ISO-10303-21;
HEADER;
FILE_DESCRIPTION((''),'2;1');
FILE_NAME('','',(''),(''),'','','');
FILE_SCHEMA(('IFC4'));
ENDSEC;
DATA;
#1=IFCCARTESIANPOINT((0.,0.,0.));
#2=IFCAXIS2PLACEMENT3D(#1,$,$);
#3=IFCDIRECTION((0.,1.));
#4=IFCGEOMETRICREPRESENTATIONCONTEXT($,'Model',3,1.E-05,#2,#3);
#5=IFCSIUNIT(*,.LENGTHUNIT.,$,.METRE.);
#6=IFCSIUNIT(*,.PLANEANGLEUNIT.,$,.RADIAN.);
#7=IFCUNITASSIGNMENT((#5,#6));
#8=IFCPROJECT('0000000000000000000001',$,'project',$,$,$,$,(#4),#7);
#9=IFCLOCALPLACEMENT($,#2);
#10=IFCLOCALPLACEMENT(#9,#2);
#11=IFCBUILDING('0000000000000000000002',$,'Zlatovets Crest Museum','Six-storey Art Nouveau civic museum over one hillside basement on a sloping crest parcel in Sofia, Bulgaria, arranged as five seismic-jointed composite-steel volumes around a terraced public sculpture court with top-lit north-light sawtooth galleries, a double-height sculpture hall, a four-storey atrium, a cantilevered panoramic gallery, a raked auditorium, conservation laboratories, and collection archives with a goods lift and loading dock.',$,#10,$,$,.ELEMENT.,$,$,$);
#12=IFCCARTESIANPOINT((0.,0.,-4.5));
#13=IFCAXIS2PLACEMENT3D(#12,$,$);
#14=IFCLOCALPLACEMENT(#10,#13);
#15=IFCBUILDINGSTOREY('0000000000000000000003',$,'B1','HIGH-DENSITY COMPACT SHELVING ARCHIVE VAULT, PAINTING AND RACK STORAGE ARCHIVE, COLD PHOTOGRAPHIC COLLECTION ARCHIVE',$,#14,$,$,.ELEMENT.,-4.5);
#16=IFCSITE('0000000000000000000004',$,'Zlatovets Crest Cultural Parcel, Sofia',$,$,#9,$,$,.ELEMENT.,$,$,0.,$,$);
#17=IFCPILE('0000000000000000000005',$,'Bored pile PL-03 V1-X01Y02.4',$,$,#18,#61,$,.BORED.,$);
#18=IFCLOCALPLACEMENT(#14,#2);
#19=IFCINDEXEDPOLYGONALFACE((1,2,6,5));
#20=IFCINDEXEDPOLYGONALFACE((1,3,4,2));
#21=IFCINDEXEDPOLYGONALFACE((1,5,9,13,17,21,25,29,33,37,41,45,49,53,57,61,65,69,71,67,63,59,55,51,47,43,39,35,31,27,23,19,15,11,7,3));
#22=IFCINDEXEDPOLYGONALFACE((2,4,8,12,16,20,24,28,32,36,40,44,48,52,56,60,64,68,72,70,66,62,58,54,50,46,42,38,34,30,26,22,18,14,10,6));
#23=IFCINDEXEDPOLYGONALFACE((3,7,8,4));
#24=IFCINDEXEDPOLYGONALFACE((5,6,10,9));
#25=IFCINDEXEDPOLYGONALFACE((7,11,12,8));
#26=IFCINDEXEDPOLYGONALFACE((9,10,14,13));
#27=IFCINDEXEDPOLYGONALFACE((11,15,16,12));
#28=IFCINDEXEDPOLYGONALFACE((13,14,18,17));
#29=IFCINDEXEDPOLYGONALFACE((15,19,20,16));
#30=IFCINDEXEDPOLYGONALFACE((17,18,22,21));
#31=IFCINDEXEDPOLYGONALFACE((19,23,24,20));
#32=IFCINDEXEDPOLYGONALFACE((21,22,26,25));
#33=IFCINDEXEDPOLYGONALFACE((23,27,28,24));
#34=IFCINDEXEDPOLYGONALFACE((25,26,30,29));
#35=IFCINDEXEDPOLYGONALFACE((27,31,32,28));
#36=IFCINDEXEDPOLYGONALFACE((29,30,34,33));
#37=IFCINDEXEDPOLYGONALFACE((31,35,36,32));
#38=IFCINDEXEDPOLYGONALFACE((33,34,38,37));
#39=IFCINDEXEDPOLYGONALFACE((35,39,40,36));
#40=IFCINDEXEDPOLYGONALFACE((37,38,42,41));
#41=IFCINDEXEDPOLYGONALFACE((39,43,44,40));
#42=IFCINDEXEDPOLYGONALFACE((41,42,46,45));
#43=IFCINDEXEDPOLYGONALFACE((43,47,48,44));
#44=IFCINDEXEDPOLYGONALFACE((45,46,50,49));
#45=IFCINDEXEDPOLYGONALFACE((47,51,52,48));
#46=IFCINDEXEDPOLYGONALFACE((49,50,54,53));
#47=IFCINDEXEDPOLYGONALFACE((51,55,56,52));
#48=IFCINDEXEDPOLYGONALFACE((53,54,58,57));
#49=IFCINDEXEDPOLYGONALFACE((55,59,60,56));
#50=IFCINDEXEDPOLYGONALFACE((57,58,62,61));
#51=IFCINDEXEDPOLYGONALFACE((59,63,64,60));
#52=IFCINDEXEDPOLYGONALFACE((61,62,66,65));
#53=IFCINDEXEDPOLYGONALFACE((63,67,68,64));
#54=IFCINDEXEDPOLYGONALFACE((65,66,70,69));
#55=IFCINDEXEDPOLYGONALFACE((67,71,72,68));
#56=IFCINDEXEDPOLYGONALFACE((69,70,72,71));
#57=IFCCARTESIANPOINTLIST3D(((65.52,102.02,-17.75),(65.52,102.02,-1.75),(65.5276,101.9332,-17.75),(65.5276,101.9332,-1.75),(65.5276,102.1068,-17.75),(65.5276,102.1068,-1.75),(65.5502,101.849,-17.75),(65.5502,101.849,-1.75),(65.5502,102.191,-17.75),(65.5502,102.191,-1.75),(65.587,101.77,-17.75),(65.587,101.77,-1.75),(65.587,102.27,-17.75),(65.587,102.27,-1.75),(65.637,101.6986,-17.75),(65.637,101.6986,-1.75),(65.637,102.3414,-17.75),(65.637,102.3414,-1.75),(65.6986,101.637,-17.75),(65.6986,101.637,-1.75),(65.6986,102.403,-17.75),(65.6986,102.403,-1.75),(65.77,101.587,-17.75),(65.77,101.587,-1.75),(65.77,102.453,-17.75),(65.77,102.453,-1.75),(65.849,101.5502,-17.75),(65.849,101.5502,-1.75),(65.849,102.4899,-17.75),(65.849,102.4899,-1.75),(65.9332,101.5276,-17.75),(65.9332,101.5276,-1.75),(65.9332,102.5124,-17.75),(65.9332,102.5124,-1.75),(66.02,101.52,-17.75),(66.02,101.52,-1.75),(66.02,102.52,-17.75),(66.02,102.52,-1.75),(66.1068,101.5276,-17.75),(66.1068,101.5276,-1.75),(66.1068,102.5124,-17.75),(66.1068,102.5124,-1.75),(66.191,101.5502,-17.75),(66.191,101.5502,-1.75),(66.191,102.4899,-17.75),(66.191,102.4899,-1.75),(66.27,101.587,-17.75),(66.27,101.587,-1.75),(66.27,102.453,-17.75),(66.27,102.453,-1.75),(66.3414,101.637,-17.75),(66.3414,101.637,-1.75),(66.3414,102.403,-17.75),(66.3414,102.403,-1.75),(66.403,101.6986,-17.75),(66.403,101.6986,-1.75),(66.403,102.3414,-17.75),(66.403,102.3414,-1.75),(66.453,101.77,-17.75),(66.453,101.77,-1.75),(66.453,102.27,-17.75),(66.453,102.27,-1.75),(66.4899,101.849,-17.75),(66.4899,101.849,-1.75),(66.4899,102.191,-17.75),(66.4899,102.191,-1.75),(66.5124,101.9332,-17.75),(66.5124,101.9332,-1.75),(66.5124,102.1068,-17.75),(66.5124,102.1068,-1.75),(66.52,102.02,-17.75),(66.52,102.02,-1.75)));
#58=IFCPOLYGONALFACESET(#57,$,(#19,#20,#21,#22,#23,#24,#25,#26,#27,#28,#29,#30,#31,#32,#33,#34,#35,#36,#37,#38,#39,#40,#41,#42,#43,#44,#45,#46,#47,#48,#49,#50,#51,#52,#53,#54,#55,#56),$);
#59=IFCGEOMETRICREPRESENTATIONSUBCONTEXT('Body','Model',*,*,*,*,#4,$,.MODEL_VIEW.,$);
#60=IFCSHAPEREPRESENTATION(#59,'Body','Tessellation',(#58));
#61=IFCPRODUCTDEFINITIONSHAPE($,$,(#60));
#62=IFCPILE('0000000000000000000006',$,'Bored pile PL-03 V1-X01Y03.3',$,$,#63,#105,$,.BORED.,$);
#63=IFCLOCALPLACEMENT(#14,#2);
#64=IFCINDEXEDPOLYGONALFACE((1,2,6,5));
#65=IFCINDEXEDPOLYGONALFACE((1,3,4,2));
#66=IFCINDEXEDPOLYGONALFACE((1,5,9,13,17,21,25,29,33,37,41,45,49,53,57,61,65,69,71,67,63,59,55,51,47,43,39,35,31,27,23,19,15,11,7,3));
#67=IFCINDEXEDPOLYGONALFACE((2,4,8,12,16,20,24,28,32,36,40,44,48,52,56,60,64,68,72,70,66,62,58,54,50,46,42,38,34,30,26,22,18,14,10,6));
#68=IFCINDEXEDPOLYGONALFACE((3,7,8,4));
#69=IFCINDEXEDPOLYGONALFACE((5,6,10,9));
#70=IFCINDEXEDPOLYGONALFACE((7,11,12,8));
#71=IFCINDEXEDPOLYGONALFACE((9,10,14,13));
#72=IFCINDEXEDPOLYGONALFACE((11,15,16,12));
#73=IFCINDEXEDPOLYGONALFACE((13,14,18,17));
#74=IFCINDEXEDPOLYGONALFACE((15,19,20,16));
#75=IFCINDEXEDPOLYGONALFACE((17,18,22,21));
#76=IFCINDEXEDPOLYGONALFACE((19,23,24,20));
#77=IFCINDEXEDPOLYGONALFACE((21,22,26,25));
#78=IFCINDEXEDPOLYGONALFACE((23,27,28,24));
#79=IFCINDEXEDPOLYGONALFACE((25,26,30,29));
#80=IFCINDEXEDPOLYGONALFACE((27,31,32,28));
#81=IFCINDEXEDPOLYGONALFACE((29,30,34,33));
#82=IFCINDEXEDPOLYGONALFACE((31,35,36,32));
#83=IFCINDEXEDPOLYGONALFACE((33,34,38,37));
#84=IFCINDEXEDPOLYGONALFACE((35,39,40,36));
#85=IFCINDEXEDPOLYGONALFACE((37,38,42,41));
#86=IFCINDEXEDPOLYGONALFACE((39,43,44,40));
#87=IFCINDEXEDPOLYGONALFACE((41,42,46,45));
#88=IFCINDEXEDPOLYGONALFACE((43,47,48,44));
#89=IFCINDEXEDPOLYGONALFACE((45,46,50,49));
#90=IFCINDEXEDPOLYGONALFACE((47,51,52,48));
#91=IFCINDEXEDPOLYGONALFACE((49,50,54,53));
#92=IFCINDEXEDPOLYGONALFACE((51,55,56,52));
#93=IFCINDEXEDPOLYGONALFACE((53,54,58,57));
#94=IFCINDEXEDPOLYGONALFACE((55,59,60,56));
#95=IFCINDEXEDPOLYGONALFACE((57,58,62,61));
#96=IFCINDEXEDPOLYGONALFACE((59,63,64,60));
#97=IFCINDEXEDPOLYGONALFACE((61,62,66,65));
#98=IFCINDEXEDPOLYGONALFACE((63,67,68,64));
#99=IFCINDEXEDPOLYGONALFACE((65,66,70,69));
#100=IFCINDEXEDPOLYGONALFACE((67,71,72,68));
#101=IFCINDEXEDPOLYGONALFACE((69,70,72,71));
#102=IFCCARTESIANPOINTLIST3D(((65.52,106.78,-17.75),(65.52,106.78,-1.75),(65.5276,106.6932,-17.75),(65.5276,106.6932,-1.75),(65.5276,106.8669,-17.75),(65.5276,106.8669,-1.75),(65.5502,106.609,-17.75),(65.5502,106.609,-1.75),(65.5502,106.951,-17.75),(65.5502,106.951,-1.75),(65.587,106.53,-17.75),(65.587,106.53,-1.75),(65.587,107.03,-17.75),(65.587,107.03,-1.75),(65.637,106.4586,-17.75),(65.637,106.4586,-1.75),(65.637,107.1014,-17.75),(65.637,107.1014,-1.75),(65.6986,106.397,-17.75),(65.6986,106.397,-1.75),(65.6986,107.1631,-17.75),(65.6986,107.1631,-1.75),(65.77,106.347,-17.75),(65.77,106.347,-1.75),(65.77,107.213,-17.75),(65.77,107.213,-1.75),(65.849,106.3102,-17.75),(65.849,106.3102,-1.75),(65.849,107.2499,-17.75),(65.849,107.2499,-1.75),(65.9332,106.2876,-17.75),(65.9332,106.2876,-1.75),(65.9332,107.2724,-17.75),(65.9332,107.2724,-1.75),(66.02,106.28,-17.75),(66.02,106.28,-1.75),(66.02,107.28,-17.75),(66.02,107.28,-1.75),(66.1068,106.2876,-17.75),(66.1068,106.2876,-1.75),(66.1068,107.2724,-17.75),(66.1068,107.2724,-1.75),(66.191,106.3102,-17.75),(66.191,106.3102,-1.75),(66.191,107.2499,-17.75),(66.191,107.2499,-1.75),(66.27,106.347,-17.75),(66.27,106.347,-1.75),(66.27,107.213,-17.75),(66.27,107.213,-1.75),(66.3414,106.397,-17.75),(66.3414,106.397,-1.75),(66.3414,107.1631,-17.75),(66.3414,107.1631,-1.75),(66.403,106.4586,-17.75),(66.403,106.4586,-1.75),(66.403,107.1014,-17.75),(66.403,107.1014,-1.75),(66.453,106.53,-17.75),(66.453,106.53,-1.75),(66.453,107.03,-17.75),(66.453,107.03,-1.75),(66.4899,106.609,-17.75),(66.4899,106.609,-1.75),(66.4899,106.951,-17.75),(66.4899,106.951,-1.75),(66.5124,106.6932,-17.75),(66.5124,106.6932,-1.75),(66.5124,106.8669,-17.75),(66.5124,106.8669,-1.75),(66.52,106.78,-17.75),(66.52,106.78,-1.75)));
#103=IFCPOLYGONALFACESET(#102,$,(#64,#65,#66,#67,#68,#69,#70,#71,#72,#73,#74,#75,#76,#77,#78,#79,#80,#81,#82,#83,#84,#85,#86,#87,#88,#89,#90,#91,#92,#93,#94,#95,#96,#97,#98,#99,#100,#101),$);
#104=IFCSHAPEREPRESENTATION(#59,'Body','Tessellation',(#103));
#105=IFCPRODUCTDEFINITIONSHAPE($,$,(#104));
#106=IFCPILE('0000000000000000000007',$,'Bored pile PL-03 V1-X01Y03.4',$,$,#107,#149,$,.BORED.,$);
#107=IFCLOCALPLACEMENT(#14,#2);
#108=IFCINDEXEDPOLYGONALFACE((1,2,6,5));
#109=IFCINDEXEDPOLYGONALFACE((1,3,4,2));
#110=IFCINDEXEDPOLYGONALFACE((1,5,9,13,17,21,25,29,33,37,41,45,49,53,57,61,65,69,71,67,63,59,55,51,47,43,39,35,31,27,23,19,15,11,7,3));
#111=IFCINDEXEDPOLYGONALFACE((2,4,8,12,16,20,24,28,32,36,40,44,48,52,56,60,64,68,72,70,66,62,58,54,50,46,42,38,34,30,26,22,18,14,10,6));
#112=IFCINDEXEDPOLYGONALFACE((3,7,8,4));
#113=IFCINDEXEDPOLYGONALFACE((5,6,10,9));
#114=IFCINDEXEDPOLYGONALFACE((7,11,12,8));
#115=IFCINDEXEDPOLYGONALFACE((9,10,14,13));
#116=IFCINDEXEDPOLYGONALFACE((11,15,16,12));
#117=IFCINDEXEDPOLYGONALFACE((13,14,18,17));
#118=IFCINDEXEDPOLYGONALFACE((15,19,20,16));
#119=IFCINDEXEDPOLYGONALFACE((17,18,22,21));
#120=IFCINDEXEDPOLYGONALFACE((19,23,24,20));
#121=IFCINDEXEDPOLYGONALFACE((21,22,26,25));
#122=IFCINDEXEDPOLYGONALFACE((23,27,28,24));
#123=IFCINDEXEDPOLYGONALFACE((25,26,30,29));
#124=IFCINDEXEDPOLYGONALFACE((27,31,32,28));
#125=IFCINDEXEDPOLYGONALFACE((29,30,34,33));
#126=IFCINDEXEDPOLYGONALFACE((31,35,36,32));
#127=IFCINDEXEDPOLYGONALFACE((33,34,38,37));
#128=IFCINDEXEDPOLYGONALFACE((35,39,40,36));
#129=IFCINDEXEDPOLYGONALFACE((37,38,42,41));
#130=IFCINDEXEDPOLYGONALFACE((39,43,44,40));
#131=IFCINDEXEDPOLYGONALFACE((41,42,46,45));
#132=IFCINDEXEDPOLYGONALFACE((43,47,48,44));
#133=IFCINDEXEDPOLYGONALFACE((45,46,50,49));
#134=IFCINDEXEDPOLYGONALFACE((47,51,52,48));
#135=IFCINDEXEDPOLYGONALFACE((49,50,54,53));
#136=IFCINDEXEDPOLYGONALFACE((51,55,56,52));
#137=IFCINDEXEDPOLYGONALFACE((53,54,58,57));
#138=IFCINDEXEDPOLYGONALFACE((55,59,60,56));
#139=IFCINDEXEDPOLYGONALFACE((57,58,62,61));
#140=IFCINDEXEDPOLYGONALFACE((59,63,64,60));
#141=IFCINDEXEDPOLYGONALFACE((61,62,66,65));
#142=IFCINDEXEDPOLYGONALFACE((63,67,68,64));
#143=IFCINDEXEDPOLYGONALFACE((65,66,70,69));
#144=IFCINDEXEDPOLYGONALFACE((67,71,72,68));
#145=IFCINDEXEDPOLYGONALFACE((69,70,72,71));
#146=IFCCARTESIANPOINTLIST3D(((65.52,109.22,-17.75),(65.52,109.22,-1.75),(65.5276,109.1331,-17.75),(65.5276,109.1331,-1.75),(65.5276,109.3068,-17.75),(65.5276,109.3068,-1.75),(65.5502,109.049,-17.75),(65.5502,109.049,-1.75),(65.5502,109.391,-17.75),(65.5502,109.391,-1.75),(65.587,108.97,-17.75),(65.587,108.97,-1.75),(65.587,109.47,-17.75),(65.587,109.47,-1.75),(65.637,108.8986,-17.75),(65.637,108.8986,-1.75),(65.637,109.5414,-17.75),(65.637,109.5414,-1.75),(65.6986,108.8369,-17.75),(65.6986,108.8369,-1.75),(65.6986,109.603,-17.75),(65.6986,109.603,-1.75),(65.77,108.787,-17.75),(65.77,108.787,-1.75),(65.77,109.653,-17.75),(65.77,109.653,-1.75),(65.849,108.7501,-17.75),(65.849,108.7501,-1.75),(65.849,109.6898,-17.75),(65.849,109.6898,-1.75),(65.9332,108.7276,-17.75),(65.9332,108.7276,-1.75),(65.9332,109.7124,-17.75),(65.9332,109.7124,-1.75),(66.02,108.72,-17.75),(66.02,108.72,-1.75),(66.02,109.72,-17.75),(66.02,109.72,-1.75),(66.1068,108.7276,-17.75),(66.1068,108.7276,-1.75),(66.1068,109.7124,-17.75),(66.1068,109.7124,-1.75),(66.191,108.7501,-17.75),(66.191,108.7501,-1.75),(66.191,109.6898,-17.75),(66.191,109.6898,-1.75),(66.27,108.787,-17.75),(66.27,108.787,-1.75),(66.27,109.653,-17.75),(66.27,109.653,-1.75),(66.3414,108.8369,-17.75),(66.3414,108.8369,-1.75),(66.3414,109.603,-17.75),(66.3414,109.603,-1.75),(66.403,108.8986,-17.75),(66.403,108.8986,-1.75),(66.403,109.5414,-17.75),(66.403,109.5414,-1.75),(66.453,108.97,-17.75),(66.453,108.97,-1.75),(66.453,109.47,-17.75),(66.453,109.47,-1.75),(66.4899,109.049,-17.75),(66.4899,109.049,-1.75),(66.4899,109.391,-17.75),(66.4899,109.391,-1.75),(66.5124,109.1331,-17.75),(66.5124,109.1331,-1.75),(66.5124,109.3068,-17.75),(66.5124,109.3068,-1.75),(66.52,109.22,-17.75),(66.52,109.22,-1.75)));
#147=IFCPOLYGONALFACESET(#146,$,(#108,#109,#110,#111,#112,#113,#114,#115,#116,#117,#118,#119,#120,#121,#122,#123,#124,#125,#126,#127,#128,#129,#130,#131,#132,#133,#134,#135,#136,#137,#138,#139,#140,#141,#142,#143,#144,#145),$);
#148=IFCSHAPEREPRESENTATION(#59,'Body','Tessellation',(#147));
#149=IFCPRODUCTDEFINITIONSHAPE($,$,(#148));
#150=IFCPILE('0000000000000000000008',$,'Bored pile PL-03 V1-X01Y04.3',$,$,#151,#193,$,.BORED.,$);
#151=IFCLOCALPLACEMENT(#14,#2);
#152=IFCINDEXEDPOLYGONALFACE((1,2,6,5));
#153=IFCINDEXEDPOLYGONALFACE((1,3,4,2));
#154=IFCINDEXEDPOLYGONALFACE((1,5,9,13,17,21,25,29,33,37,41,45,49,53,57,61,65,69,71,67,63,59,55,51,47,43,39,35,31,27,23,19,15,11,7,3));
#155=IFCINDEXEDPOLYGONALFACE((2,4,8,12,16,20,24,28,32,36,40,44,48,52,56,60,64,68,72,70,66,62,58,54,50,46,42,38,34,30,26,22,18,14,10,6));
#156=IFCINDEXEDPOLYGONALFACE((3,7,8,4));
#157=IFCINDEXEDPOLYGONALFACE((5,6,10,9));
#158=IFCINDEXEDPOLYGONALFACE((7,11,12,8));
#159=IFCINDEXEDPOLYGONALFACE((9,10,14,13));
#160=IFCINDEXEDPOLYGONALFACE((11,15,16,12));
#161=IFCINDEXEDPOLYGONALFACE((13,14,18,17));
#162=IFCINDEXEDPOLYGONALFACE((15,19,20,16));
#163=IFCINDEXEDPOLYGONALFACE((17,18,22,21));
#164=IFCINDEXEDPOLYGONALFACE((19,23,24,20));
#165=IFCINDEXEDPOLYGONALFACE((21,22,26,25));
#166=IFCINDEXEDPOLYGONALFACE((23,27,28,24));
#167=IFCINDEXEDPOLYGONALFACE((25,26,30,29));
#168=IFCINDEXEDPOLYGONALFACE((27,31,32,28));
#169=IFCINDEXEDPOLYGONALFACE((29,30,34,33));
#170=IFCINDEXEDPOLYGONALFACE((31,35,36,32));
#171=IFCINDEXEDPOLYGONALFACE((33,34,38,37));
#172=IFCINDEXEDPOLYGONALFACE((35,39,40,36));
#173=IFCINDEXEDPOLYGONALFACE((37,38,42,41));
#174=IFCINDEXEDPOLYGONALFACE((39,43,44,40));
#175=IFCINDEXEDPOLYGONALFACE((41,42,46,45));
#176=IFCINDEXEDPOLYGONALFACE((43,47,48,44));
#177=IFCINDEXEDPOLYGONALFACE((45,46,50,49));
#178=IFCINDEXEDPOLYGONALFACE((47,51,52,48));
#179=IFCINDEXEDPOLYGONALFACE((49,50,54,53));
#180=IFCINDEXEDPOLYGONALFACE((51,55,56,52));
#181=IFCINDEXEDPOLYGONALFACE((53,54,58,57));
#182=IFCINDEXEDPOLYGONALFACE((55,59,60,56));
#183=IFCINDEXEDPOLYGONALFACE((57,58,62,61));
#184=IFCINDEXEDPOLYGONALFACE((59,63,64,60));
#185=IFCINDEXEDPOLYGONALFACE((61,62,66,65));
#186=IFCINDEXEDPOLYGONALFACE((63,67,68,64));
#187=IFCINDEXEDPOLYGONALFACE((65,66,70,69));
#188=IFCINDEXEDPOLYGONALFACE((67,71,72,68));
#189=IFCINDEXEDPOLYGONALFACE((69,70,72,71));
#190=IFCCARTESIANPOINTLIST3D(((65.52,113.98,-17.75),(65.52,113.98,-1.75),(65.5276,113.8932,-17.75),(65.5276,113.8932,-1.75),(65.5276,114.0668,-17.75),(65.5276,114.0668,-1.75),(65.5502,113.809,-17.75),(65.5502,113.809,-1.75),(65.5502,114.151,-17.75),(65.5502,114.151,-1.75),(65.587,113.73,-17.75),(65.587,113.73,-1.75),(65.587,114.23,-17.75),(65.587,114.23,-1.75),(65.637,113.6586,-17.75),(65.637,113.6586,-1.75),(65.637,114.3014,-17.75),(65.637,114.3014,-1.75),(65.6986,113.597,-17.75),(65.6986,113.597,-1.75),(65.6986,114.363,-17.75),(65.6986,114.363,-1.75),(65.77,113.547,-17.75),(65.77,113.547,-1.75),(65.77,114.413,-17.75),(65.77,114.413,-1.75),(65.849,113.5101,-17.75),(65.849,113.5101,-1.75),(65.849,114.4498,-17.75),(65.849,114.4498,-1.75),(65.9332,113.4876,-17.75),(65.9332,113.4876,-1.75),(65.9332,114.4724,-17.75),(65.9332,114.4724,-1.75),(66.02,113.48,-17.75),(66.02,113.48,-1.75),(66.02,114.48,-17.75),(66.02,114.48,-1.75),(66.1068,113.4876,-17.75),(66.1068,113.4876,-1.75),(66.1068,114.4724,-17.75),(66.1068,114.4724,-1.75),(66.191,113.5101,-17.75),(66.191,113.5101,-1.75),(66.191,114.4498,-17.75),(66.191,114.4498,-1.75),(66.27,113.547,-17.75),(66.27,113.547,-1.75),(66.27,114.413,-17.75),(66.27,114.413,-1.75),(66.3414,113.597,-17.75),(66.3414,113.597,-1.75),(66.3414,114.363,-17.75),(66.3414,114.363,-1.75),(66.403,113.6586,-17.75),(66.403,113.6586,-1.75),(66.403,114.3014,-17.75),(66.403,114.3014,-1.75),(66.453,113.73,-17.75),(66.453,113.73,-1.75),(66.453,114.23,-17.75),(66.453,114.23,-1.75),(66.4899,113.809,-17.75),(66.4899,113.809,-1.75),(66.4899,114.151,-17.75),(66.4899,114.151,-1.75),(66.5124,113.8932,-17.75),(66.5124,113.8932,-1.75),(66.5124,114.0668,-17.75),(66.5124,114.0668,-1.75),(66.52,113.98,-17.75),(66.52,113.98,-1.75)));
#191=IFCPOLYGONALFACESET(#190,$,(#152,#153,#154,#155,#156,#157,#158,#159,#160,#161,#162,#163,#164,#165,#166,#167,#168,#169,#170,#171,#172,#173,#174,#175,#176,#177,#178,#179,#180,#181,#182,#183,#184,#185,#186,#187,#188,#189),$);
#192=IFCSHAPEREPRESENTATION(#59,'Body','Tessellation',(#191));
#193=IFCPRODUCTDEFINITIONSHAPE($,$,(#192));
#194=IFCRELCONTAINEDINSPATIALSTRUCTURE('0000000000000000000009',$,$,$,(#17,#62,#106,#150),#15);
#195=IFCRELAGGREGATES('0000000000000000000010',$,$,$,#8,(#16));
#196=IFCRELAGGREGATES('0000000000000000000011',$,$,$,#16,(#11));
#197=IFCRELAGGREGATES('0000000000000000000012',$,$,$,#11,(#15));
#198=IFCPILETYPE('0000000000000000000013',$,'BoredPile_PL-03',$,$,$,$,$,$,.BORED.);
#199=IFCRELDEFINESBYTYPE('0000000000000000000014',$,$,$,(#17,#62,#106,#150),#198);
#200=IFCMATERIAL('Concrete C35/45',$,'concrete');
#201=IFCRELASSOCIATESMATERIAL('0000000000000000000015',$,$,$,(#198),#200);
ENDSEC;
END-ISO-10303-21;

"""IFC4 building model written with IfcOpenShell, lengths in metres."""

from ifc_helpers import new_model, si_unit, direction, frame, origin, origin_2d, place, context, subcontext, project, spatial, circle, extrude, material, material_profile, profile_set, type_object, element, save


model = new_model("IFC4")

# Units and contexts
model_context = context("Model", 3, precision=1e-05, world=origin(), true_north=direction((0.0, 1.0)))
body_context = subcontext(model_context, "Body", "Model", "MODEL_VIEW")
ifc_project = project(units=[si_unit("LENGTHUNIT", "METRE"), si_unit("PLANEANGLEUNIT", "RADIAN")], contexts=[model_context])

# Site, building, storey
site_placement = place(None, origin())
site = spatial("IfcSite", under=ifc_project, at=site_placement, Name="Zlatovets Crest Cultural Parcel, Sofia", CompositionType="ELEMENT", RefElevation=0.0)
building_placement = place(site_placement, origin())
building = spatial("IfcBuilding", under=site, at=building_placement, Name="Zlatovets Crest Museum", Description="Six-storey Art Nouveau civic museum over one hillside basement on a sloping crest parcel in Sofia, Bulgaria, arranged as five seismic-jointed composite-steel volumes around a terraced public sculpture court with top-lit north-light sawtooth galleries, a double-height sculpture hall, a four-storey atrium, a cantilevered panoramic gallery, a raked auditorium, conservation laboratories, and collection archives with a goods lift and loading dock.", CompositionType="ELEMENT")
storey_placement = place(building_placement, frame((0.0, 0.0, -4.5)))
storey = spatial("IfcBuildingStorey", under=building, at=storey_placement, Name="B1", Description="HIGH-DENSITY COMPACT SHELVING ARCHIVE VAULT, PAINTING AND RACK STORAGE ARCHIVE, COLD PHOTOGRAPHIC COLLECTION ARCHIVE", CompositionType="ELEMENT", Elevation=-4.5)

# Piles
ifc_material = material(Name="Concrete C35/45", Category="concrete")
ifc_material_profile_1 = material_profile(ifc_material, circle(Radius=0.5, at=origin_2d()), Name="PILE D1000")
ifc_profile_set_1 = profile_set([ifc_material_profile_1], Name="Concrete C35/45")
pile_type = type_object("IfcPileType", Name="BoredPile_PL-03", PredefinedType="BORED", material=ifc_profile_set_1)
for number, where, z_axis, x_axis, name in (
    (1, (66.02, 102.02, -1.75), (0.0, 0.0, -1.0), (1.0, 0.0, 0.0), "Bored pile PL-03 V1-X01Y02.4"),
    (2, (66.02, 106.78, -1.75), (0.0, 0.0, -1.0), (1.0, 0.0, 0.0), "Bored pile PL-03 V1-X01Y03.3"),
    (3, (66.02, 109.22, -1.75), (0.0, 0.0, -1.0), (1.0, 0.0, 0.0), "Bored pile PL-03 V1-X01Y03.4"),
    (4, (66.02, 113.98, -1.75), (0.0, 0.0, -1.0), (1.0, 0.0, 0.0), "Bored pile PL-03 V1-X01Y04.3"),
):
    element("IfcPile", number, at=place(storey_placement, frame(where, z_axis=z_axis, x_axis=x_axis)), inside=storey, type_object=pile_type, Name=name, PredefinedType="BORED", context=body_context, shape_type="SweptSolid", body=[
        extrude(circle(Radius=0.5, at=origin_2d()), origin(), (0.0, 0.0, 1.0), 16.0),
    ])

save(model, "model.ifc")
